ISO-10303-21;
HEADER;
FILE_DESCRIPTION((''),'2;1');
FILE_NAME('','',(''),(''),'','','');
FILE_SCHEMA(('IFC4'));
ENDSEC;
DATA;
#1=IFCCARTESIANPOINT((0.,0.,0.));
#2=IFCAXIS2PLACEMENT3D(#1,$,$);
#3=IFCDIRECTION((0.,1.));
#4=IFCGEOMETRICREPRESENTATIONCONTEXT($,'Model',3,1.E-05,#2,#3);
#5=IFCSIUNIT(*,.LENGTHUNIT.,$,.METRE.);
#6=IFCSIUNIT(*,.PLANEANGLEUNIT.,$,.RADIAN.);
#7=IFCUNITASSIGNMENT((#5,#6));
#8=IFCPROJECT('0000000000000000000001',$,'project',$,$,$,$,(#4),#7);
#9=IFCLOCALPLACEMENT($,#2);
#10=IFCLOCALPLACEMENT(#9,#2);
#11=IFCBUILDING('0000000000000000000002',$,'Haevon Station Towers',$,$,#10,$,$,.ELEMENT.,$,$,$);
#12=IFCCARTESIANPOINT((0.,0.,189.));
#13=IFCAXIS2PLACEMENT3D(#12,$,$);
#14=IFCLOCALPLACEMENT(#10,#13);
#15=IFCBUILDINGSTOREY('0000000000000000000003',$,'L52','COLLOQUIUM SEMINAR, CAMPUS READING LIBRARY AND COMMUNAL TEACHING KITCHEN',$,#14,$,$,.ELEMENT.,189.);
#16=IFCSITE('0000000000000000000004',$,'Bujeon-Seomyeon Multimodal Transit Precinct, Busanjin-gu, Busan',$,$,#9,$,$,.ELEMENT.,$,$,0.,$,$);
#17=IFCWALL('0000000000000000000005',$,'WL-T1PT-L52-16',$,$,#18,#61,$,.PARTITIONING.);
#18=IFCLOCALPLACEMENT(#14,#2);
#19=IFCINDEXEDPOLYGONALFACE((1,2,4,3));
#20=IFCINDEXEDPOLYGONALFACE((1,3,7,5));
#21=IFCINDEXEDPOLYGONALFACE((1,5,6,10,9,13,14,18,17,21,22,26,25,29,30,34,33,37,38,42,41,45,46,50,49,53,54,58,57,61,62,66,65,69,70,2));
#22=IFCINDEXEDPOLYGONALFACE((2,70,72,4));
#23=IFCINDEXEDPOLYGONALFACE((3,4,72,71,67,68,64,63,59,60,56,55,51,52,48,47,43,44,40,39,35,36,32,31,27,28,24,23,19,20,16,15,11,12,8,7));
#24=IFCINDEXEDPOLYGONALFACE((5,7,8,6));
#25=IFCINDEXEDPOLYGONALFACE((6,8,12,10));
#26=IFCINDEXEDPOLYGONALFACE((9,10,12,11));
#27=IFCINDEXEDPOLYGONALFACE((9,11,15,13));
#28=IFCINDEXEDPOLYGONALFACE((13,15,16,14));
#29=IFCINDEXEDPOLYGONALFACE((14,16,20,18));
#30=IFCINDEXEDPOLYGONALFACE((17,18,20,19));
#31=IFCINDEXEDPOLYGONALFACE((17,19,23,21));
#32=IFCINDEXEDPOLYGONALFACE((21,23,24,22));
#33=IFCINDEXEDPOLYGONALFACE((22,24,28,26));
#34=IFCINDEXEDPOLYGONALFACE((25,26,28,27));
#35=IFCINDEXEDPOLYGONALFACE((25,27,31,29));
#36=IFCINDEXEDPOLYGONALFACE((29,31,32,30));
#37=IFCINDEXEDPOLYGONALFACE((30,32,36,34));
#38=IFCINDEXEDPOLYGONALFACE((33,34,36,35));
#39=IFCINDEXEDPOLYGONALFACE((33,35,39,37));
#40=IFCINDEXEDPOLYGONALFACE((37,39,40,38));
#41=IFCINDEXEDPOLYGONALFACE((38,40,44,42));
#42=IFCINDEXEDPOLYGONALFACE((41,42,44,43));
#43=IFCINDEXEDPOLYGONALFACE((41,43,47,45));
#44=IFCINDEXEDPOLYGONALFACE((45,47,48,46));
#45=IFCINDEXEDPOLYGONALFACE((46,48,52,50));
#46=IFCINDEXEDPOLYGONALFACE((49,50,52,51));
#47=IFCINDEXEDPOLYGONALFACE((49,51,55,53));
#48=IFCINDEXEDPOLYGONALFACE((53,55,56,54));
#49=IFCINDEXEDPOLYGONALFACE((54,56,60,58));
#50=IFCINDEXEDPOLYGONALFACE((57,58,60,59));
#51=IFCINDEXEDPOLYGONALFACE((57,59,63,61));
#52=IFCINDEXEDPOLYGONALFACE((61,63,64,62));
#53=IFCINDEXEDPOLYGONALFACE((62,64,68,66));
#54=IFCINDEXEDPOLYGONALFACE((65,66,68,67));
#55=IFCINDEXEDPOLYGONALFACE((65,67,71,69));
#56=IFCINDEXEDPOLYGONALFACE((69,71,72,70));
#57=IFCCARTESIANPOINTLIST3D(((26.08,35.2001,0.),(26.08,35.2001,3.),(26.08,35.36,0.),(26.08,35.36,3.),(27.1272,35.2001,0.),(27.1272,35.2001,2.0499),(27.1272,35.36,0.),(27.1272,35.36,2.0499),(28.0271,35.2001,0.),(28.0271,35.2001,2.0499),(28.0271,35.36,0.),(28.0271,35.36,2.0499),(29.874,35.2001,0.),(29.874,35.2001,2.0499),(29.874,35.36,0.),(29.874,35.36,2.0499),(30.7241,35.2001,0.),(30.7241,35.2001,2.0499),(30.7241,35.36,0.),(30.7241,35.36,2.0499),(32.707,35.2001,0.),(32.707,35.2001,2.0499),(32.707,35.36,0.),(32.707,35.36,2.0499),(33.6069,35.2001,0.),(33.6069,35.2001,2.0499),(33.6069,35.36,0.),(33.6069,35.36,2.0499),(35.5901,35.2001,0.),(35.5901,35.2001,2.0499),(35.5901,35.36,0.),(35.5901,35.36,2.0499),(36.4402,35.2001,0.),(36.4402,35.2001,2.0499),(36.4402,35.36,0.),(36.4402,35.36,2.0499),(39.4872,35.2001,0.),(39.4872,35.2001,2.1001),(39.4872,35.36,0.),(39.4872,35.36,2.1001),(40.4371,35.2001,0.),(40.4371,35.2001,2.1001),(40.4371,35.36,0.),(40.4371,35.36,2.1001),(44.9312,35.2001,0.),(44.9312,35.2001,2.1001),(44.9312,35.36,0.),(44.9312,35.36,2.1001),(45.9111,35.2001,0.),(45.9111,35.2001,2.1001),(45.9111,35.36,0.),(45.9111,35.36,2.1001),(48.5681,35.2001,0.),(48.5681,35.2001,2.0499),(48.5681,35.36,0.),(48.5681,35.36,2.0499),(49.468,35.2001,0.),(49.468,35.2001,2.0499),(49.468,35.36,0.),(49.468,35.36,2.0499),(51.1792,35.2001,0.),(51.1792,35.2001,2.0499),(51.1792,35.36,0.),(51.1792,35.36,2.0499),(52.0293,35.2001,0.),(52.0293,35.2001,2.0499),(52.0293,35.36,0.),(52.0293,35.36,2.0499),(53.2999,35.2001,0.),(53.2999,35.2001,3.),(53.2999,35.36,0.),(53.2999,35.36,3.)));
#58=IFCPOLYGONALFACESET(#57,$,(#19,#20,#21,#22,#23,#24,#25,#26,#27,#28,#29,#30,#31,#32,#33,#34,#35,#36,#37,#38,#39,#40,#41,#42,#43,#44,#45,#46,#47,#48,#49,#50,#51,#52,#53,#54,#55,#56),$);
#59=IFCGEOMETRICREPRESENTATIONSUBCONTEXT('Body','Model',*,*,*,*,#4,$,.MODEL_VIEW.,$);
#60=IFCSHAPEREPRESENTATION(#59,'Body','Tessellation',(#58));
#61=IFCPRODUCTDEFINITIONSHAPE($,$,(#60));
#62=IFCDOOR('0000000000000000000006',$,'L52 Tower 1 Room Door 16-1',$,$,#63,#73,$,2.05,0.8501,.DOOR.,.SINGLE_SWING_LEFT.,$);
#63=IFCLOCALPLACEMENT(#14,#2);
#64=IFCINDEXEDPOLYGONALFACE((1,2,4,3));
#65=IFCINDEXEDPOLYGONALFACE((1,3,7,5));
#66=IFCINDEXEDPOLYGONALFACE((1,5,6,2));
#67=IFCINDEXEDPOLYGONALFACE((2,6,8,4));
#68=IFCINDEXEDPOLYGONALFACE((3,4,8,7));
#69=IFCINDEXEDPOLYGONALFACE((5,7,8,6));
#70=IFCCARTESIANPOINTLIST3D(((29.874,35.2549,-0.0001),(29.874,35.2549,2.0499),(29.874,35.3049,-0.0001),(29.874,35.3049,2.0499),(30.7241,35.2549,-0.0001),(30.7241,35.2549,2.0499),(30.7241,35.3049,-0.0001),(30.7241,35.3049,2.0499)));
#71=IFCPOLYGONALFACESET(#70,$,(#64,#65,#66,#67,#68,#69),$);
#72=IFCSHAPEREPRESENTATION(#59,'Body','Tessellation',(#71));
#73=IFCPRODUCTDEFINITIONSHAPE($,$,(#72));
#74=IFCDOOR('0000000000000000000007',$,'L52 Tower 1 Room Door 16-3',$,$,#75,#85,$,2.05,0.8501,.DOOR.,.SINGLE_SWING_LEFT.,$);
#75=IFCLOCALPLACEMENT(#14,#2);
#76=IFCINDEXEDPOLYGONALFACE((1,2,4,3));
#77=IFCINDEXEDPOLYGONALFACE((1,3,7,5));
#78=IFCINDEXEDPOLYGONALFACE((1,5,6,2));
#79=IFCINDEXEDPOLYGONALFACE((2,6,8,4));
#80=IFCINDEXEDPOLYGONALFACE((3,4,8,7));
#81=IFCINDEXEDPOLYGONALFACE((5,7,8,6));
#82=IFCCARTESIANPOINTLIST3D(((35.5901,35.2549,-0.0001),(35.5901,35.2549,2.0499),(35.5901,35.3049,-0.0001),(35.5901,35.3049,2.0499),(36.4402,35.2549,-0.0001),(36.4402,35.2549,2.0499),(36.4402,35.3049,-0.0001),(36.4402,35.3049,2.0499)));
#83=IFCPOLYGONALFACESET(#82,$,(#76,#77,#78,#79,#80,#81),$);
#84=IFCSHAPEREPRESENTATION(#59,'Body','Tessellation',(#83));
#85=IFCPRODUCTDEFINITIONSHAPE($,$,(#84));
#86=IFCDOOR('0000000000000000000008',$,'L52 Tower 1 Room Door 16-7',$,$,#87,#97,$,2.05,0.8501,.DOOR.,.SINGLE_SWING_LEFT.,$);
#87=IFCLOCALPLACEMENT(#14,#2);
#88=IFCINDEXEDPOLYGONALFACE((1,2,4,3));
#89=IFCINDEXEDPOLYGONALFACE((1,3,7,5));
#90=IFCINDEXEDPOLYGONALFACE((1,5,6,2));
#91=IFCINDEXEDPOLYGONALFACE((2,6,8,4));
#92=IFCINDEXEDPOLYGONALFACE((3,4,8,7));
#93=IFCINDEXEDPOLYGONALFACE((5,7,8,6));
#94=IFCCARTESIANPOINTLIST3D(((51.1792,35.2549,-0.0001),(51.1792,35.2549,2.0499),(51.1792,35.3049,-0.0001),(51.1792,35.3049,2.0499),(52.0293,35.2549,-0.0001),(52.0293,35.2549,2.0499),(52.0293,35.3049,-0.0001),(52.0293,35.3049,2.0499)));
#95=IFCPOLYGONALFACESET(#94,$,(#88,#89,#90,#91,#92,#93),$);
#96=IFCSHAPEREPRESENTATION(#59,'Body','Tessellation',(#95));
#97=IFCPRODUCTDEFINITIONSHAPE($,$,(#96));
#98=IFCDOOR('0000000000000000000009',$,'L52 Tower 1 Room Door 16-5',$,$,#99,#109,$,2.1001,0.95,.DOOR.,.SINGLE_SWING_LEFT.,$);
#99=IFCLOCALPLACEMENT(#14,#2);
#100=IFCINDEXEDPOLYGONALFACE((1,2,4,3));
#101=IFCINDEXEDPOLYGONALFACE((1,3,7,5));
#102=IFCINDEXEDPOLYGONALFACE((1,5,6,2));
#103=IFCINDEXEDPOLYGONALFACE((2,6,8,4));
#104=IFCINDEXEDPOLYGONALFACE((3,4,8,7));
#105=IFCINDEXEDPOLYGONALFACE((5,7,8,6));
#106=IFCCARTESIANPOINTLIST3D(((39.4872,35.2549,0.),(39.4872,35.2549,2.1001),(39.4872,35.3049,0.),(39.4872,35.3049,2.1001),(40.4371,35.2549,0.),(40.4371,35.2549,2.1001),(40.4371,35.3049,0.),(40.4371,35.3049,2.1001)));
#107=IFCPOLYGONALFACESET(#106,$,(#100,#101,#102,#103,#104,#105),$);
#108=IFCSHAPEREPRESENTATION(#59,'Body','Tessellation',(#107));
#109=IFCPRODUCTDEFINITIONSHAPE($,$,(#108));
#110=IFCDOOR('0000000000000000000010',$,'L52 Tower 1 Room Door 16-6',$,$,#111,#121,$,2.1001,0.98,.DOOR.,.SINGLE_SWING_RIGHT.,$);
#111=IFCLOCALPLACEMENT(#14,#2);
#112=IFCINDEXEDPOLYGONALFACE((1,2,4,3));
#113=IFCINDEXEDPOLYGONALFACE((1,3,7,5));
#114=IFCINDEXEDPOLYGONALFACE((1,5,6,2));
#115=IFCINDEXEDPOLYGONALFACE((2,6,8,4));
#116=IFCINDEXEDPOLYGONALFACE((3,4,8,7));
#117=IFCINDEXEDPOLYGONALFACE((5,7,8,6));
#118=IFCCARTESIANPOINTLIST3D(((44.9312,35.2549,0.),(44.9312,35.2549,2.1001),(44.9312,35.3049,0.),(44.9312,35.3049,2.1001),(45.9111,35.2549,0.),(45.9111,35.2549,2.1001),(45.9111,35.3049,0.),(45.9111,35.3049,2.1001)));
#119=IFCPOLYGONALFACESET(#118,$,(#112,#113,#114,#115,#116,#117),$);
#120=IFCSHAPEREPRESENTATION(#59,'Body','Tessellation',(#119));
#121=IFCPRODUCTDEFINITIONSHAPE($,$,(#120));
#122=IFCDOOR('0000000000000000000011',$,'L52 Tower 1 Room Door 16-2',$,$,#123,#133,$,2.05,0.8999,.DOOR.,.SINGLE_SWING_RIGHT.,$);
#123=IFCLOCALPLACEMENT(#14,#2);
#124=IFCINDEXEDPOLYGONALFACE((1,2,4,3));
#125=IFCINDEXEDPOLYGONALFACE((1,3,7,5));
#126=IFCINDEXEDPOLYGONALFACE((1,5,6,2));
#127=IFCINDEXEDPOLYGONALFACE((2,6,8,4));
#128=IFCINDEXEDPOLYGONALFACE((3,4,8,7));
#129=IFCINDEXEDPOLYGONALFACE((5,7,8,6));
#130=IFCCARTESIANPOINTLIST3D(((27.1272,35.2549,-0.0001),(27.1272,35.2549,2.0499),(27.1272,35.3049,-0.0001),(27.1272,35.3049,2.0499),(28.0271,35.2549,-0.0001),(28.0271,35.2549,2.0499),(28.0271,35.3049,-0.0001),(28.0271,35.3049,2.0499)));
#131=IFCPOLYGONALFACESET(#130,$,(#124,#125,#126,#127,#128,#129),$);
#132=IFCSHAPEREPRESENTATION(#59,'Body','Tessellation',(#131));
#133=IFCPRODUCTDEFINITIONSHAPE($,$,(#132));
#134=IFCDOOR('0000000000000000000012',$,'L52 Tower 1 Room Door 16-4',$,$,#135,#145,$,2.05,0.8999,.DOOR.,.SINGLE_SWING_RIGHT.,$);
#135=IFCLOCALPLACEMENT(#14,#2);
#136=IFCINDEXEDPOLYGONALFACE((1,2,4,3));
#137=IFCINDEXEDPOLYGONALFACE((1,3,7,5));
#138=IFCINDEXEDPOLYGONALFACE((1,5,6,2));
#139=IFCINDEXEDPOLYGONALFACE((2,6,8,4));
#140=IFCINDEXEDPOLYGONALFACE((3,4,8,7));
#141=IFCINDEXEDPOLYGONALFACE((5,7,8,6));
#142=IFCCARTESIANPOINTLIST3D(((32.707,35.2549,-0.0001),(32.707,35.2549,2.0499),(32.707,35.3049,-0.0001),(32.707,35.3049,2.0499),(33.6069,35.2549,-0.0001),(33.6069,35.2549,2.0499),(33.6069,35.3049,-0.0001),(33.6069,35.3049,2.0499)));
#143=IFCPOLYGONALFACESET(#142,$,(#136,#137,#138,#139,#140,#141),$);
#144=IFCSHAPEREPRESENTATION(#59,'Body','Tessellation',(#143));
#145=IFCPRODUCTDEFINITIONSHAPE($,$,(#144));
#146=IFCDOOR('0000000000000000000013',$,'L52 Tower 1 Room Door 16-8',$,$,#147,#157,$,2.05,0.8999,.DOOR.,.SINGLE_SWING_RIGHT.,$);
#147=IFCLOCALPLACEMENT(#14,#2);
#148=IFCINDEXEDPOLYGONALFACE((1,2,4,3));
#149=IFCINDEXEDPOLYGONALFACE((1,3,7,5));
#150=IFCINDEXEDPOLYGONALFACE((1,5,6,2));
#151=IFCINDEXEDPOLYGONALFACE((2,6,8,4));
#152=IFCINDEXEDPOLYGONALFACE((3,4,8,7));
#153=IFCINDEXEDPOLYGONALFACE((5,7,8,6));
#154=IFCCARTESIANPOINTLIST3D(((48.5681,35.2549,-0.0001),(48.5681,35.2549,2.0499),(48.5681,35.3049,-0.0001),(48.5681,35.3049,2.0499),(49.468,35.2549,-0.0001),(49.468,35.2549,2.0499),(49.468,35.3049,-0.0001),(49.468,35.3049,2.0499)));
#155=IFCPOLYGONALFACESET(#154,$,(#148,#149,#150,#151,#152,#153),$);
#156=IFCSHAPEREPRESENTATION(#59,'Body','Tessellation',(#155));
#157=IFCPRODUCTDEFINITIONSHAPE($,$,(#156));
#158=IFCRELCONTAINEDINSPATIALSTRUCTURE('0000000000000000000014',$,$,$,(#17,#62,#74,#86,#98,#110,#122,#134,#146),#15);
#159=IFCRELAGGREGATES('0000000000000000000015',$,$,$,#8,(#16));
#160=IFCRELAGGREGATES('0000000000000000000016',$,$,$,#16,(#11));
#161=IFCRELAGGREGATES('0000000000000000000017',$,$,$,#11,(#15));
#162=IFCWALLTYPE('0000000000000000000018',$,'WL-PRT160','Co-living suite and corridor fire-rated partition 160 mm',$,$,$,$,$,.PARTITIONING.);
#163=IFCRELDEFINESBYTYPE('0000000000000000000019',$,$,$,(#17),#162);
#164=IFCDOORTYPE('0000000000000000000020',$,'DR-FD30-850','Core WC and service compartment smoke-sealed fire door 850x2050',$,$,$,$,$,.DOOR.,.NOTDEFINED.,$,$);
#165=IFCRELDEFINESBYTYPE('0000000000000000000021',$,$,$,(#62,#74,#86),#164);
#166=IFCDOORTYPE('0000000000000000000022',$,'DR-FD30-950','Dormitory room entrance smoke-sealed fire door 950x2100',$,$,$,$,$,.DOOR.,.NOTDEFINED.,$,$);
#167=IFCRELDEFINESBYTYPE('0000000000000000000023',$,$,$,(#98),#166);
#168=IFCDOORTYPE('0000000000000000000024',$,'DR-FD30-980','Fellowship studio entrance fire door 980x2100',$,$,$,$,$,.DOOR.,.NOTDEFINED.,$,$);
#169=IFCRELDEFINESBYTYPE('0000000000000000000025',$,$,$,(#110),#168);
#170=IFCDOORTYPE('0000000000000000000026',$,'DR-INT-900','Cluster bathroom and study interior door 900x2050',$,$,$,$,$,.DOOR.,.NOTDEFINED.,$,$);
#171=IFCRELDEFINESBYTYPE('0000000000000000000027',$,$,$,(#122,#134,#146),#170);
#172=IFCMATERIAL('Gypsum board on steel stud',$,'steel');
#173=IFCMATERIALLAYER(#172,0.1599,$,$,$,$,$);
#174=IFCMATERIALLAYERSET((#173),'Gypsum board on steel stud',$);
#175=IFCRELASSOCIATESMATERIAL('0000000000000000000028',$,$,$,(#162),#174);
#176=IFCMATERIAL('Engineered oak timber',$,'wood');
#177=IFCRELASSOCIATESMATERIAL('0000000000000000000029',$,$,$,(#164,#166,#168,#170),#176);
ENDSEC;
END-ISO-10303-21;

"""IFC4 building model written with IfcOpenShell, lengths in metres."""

from ifc_helpers import new_model, si_unit, direction, frame, frame_2d, origin, place, context, subcontext, project, spatial, rectangle, extrude, material, layer, layer_set, type_object, element, fill, save


model = new_model("IFC4")

# Units and contexts
model_context = context("Model", 3, precision=1e-05, world=origin(), true_north=direction((0.0, 1.0)))
body_context = subcontext(model_context, "Body", "Model", "MODEL_VIEW")
ifc_project = project(units=[si_unit("LENGTHUNIT", "METRE"), si_unit("PLANEANGLEUNIT", "RADIAN")], contexts=[model_context])

# Site, building, storey
site_placement = place(None, origin())
site = spatial("IfcSite", under=ifc_project, at=site_placement, Name="Bujeon-Seomyeon Multimodal Transit Precinct, Busanjin-gu, Busan", CompositionType="ELEMENT", RefElevation=0.0)
building_placement = place(site_placement, origin())
building = spatial("IfcBuilding", under=site, at=building_placement, Name="Haevon Station Towers", CompositionType="ELEMENT")
storey_placement = place(building_placement, frame((0.0, 0.0, 189.0)))
storey = spatial("IfcBuildingStorey", under=building, at=storey_placement, Name="L52", Description="COLLOQUIUM SEMINAR, CAMPUS READING LIBRARY AND COMMUNAL TEACHING KITCHEN", CompositionType="ELEMENT", Elevation=189.0)

# Shared definitions
ifc_material_1 = material(Name="Gypsum board on steel stud", Category="steel")

# Wall, openings, doors
ifc_layer_1 = layer(ifc_material_1, 0.1599)
ifc_layer_set_1 = layer_set([ifc_layer_1], Name="Gypsum board on steel stud")
wall_type_1 = type_object("IfcWallType", Name="WL-PRT160", Description="Co-living suite and corridor fire-rated partition 160 mm", PredefinedType="PARTITIONING", material=ifc_layer_set_1)
wall_1_placement = place(storey_placement, frame((26.0801, 35.28, 0.0), z_axis=(0.0, 0.0, 1.0), x_axis=(1.0, 0.0, 0.0)))
wall_1 = element("IfcWall", 1, at=wall_1_placement, inside=storey, type_object=wall_type_1, Name="WL-T1PT-L52-16", PredefinedType="PARTITIONING", context=body_context, shape_type="SweptSolid", body=[
    extrude(rectangle(XDim=27.22, YDim=0.1599, at=frame_2d((13.6099, 0.0))), origin(), (0.0, 0.0, 1.0), 3.0),
])
opening_1_placement = place(wall_1_placement, frame((3.7939, 0.0, 0.0)))
opening_1 = element("IfcOpeningElement", 2, at=opening_1_placement, cuts=wall_1, PredefinedType="OPENING", context=body_context, shape_type="SweptSolid", body=[
    extrude(rectangle(XDim=0.8501, YDim=2.05, at=frame_2d((0.425, 1.0249))), frame((0.0, 0.0898, 0.0), z_axis=(0.0, -1.0, 0.0), x_axis=(1.0, 0.0, 0.0)), (0.0, 0.0, 1.0), 0.1799),
])
opening_2_placement = place(wall_1_placement, frame((1.0471, 0.0, 0.0)))
opening_2 = element("IfcOpeningElement", 3, at=opening_2_placement, cuts=wall_1, PredefinedType="OPENING", context=body_context, shape_type="SweptSolid", body=[
    extrude(rectangle(XDim=0.8999, YDim=2.05, at=frame_2d((0.45, 1.0249))), frame((0.0, 0.0898, 0.0), z_axis=(0.0, -1.0, 0.0), x_axis=(1.0, 0.0, 0.0)), (0.0, 0.0, 1.0), 0.1799),
])
opening_3_placement = place(wall_1_placement, frame((9.51, 0.0, 0.0)))
opening_3 = element("IfcOpeningElement", 4, at=opening_3_placement, cuts=wall_1, PredefinedType="OPENING", context=body_context, shape_type="SweptSolid", body=[
    extrude(rectangle(XDim=0.8501, YDim=2.05, at=frame_2d((0.425, 1.0249))), frame((0.0, 0.0898, 0.0), z_axis=(0.0, -1.0, 0.0), x_axis=(1.0, 0.0, 0.0)), (0.0, 0.0, 1.0), 0.1799),
])
opening_4_placement = place(wall_1_placement, frame((6.627, 0.0, 0.0)))
opening_4 = element("IfcOpeningElement", 5, at=opening_4_placement, cuts=wall_1, PredefinedType="OPENING", context=body_context, shape_type="SweptSolid", body=[
    extrude(rectangle(XDim=0.8999, YDim=2.05, at=frame_2d((0.45, 1.0249))), frame((0.0, 0.0898, 0.0), z_axis=(0.0, -1.0, 0.0), x_axis=(1.0, 0.0, 0.0)), (0.0, 0.0, 1.0), 0.1799),
])
opening_5_placement = place(wall_1_placement, frame((13.407, 0.0, 0.0)))
opening_5 = element("IfcOpeningElement", 6, at=opening_5_placement, cuts=wall_1, PredefinedType="OPENING", context=body_context, shape_type="SweptSolid", body=[
    extrude(rectangle(XDim=0.95, YDim=2.1001, at=frame_2d((0.4751, 1.05))), frame((0.0, 0.0898, 0.0), z_axis=(0.0, -1.0, 0.0), x_axis=(1.0, 0.0, 0.0)), (0.0, 0.0, 1.0), 0.1799),
])
opening_6_placement = place(wall_1_placement, frame((18.8511, 0.0, 0.0)))
opening_6 = element("IfcOpeningElement", 7, at=opening_6_placement, cuts=wall_1, PredefinedType="OPENING", context=body_context, shape_type="SweptSolid", body=[
    extrude(rectangle(XDim=0.98, YDim=2.1001, at=frame_2d((0.49, 1.05))), frame((0.0, 0.0898, 0.0), z_axis=(0.0, -1.0, 0.0), x_axis=(1.0, 0.0, 0.0)), (0.0, 0.0, 1.0), 0.1799),
])
opening_7_placement = place(wall_1_placement, frame((25.0991, 0.0, 0.0)))
opening_7 = element("IfcOpeningElement", 8, at=opening_7_placement, cuts=wall_1, PredefinedType="OPENING", context=body_context, shape_type="SweptSolid", body=[
    extrude(rectangle(XDim=0.8501, YDim=2.05, at=frame_2d((0.425, 1.0249))), frame((0.0, 0.0898, 0.0), z_axis=(0.0, -1.0, 0.0), x_axis=(1.0, 0.0, 0.0)), (0.0, 0.0, 1.0), 0.1799),
])
opening_8_placement = place(wall_1_placement, frame((22.488, 0.0, 0.0)))
opening_8 = element("IfcOpeningElement", 9, at=opening_8_placement, cuts=wall_1, PredefinedType="OPENING", context=body_context, shape_type="SweptSolid", body=[
    extrude(rectangle(XDim=0.8999, YDim=2.05, at=frame_2d((0.45, 1.0249))), frame((0.0, 0.0898, 0.0), z_axis=(0.0, -1.0, 0.0), x_axis=(1.0, 0.0, 0.0)), (0.0, 0.0, 1.0), 0.1799),
])
ifc_material_2 = material(Name="Engineered oak timber", Category="wood")
door_type_1 = type_object("IfcDoorType", Name="DR-FD30-850", Description="Core WC and service compartment smoke-sealed fire door 850x2050", OperationType="NOTDEFINED", PredefinedType="DOOR", material=ifc_material_2)
door_1_placement = place(opening_1_placement, origin())
door_1 = element("IfcDoor", 10, at=door_1_placement, inside=storey, type_object=door_type_1, Name="L52 Tower 1 Room Door 16-1", OperationType="SINGLE_SWING_LEFT", OverallHeight=2.05, OverallWidth=0.8501, PredefinedType="DOOR", context=body_context, shape_type="SweptSolid", body=[
    extrude(rectangle(XDim=0.8501, YDim=2.05, at=frame_2d((0.425, 1.0249))), frame((0.0, 0.0249, 0.0), z_axis=(0.0, -1.0, 0.0), x_axis=(1.0, 0.0, 0.0)), (0.0, 0.0, 1.0), 0.05),
])
fill(opening_1, door_1)
door_2_placement = place(opening_3_placement, origin())
door_2 = element("IfcDoor", 11, at=door_2_placement, inside=storey, type_object=door_type_1, Name="L52 Tower 1 Room Door 16-3", OperationType="SINGLE_SWING_LEFT", OverallHeight=2.05, OverallWidth=0.8501, PredefinedType="DOOR", context=body_context, shape_type="SweptSolid", body=[
    extrude(rectangle(XDim=0.8501, YDim=2.05, at=frame_2d((0.425, 1.0249))), frame((0.0, 0.0249, 0.0), z_axis=(0.0, -1.0, 0.0), x_axis=(1.0, 0.0, 0.0)), (0.0, 0.0, 1.0), 0.05),
])
fill(opening_3, door_2)
door_3_placement = place(opening_7_placement, origin())
door_3 = element("IfcDoor", 12, at=door_3_placement, inside=storey, type_object=door_type_1, Name="L52 Tower 1 Room Door 16-7", OperationType="SINGLE_SWING_LEFT", OverallHeight=2.05, OverallWidth=0.8501, PredefinedType="DOOR", context=body_context, shape_type="SweptSolid", body=[
    extrude(rectangle(XDim=0.8501, YDim=2.05, at=frame_2d((0.425, 1.0249))), frame((0.0, 0.0249, 0.0), z_axis=(0.0, -1.0, 0.0), x_axis=(1.0, 0.0, 0.0)), (0.0, 0.0, 1.0), 0.05),
])
fill(opening_7, door_3)
door_type_2 = type_object("IfcDoorType", Name="DR-FD30-950", Description="Dormitory room entrance smoke-sealed fire door 950x2100", OperationType="NOTDEFINED", PredefinedType="DOOR", material=ifc_material_2)
door_4_placement = place(opening_5_placement, origin())
door_4 = element("IfcDoor", 13, at=door_4_placement, inside=storey, type_object=door_type_2, Name="L52 Tower 1 Room Door 16-5", OperationType="SINGLE_SWING_LEFT", OverallHeight=2.1001, OverallWidth=0.95, PredefinedType="DOOR", context=body_context, shape_type="SweptSolid", body=[
    extrude(rectangle(XDim=0.95, YDim=2.1001, at=frame_2d((0.4751, 1.05))), frame((0.0, 0.0249, 0.0), z_axis=(0.0, -1.0, 0.0), x_axis=(1.0, 0.0, 0.0)), (0.0, 0.0, 1.0), 0.05),
])
fill(opening_5, door_4)
door_type_3 = type_object("IfcDoorType", Name="DR-FD30-980", Description="Fellowship studio entrance fire door 980x2100", OperationType="NOTDEFINED", PredefinedType="DOOR", material=ifc_material_2)
door_5_placement = place(opening_6_placement, origin())
door_5 = element("IfcDoor", 14, at=door_5_placement, inside=storey, type_object=door_type_3, Name="L52 Tower 1 Room Door 16-6", OperationType="SINGLE_SWING_RIGHT", OverallHeight=2.1001, OverallWidth=0.98, PredefinedType="DOOR", context=body_context, shape_type="SweptSolid", body=[
    extrude(rectangle(XDim=0.98, YDim=2.1001, at=frame_2d((0.49, 1.05))), frame((0.0, 0.0249, 0.0), z_axis=(0.0, -1.0, 0.0), x_axis=(1.0, 0.0, 0.0)), (0.0, 0.0, 1.0), 0.05),
])
fill(opening_6, door_5)
door_type_4 = type_object("IfcDoorType", Name="DR-INT-900", Description="Cluster bathroom and study interior door 900x2050", OperationType="NOTDEFINED", PredefinedType="DOOR", material=ifc_material_2)
door_6_placement = place(opening_2_placement, origin())
door_6 = element("IfcDoor", 15, at=door_6_placement, inside=storey, type_object=door_type_4, Name="L52 Tower 1 Room Door 16-2", OperationType="SINGLE_SWING_RIGHT", OverallHeight=2.05, OverallWidth=0.8999, PredefinedType="DOOR", context=body_context, shape_type="SweptSolid", body=[
    extrude(rectangle(XDim=0.8999, YDim=2.05, at=frame_2d((0.45, 1.0249))), frame((0.0, 0.0249, 0.0), z_axis=(0.0, -1.0, 0.0), x_axis=(1.0, 0.0, 0.0)), (0.0, 0.0, 1.0), 0.05),
])
fill(opening_2, door_6)
door_7_placement = place(opening_4_placement, origin())
door_7 = element("IfcDoor", 16, at=door_7_placement, inside=storey, type_object=door_type_4, Name="L52 Tower 1 Room Door 16-4", OperationType="SINGLE_SWING_RIGHT", OverallHeight=2.05, OverallWidth=0.8999, PredefinedType="DOOR", context=body_context, shape_type="SweptSolid", body=[
    extrude(rectangle(XDim=0.8999, YDim=2.05, at=frame_2d((0.45, 1.0249))), frame((0.0, 0.0249, 0.0), z_axis=(0.0, -1.0, 0.0), x_axis=(1.0, 0.0, 0.0)), (0.0, 0.0, 1.0), 0.05),
])
fill(opening_4, door_7)
door_8_placement = place(opening_8_placement, origin())
door_8 = element("IfcDoor", 17, at=door_8_placement, inside=storey, type_object=door_type_4, Name="L52 Tower 1 Room Door 16-8", OperationType="SINGLE_SWING_RIGHT", OverallHeight=2.05, OverallWidth=0.8999, PredefinedType="DOOR", context=body_context, shape_type="SweptSolid", body=[
    extrude(rectangle(XDim=0.8999, YDim=2.05, at=frame_2d((0.45, 1.0249))), frame((0.0, 0.0249, 0.0), z_axis=(0.0, -1.0, 0.0), x_axis=(1.0, 0.0, 0.0)), (0.0, 0.0, 1.0), 0.05),
])
fill(opening_8, door_8)

save(model, "model.ifc")
